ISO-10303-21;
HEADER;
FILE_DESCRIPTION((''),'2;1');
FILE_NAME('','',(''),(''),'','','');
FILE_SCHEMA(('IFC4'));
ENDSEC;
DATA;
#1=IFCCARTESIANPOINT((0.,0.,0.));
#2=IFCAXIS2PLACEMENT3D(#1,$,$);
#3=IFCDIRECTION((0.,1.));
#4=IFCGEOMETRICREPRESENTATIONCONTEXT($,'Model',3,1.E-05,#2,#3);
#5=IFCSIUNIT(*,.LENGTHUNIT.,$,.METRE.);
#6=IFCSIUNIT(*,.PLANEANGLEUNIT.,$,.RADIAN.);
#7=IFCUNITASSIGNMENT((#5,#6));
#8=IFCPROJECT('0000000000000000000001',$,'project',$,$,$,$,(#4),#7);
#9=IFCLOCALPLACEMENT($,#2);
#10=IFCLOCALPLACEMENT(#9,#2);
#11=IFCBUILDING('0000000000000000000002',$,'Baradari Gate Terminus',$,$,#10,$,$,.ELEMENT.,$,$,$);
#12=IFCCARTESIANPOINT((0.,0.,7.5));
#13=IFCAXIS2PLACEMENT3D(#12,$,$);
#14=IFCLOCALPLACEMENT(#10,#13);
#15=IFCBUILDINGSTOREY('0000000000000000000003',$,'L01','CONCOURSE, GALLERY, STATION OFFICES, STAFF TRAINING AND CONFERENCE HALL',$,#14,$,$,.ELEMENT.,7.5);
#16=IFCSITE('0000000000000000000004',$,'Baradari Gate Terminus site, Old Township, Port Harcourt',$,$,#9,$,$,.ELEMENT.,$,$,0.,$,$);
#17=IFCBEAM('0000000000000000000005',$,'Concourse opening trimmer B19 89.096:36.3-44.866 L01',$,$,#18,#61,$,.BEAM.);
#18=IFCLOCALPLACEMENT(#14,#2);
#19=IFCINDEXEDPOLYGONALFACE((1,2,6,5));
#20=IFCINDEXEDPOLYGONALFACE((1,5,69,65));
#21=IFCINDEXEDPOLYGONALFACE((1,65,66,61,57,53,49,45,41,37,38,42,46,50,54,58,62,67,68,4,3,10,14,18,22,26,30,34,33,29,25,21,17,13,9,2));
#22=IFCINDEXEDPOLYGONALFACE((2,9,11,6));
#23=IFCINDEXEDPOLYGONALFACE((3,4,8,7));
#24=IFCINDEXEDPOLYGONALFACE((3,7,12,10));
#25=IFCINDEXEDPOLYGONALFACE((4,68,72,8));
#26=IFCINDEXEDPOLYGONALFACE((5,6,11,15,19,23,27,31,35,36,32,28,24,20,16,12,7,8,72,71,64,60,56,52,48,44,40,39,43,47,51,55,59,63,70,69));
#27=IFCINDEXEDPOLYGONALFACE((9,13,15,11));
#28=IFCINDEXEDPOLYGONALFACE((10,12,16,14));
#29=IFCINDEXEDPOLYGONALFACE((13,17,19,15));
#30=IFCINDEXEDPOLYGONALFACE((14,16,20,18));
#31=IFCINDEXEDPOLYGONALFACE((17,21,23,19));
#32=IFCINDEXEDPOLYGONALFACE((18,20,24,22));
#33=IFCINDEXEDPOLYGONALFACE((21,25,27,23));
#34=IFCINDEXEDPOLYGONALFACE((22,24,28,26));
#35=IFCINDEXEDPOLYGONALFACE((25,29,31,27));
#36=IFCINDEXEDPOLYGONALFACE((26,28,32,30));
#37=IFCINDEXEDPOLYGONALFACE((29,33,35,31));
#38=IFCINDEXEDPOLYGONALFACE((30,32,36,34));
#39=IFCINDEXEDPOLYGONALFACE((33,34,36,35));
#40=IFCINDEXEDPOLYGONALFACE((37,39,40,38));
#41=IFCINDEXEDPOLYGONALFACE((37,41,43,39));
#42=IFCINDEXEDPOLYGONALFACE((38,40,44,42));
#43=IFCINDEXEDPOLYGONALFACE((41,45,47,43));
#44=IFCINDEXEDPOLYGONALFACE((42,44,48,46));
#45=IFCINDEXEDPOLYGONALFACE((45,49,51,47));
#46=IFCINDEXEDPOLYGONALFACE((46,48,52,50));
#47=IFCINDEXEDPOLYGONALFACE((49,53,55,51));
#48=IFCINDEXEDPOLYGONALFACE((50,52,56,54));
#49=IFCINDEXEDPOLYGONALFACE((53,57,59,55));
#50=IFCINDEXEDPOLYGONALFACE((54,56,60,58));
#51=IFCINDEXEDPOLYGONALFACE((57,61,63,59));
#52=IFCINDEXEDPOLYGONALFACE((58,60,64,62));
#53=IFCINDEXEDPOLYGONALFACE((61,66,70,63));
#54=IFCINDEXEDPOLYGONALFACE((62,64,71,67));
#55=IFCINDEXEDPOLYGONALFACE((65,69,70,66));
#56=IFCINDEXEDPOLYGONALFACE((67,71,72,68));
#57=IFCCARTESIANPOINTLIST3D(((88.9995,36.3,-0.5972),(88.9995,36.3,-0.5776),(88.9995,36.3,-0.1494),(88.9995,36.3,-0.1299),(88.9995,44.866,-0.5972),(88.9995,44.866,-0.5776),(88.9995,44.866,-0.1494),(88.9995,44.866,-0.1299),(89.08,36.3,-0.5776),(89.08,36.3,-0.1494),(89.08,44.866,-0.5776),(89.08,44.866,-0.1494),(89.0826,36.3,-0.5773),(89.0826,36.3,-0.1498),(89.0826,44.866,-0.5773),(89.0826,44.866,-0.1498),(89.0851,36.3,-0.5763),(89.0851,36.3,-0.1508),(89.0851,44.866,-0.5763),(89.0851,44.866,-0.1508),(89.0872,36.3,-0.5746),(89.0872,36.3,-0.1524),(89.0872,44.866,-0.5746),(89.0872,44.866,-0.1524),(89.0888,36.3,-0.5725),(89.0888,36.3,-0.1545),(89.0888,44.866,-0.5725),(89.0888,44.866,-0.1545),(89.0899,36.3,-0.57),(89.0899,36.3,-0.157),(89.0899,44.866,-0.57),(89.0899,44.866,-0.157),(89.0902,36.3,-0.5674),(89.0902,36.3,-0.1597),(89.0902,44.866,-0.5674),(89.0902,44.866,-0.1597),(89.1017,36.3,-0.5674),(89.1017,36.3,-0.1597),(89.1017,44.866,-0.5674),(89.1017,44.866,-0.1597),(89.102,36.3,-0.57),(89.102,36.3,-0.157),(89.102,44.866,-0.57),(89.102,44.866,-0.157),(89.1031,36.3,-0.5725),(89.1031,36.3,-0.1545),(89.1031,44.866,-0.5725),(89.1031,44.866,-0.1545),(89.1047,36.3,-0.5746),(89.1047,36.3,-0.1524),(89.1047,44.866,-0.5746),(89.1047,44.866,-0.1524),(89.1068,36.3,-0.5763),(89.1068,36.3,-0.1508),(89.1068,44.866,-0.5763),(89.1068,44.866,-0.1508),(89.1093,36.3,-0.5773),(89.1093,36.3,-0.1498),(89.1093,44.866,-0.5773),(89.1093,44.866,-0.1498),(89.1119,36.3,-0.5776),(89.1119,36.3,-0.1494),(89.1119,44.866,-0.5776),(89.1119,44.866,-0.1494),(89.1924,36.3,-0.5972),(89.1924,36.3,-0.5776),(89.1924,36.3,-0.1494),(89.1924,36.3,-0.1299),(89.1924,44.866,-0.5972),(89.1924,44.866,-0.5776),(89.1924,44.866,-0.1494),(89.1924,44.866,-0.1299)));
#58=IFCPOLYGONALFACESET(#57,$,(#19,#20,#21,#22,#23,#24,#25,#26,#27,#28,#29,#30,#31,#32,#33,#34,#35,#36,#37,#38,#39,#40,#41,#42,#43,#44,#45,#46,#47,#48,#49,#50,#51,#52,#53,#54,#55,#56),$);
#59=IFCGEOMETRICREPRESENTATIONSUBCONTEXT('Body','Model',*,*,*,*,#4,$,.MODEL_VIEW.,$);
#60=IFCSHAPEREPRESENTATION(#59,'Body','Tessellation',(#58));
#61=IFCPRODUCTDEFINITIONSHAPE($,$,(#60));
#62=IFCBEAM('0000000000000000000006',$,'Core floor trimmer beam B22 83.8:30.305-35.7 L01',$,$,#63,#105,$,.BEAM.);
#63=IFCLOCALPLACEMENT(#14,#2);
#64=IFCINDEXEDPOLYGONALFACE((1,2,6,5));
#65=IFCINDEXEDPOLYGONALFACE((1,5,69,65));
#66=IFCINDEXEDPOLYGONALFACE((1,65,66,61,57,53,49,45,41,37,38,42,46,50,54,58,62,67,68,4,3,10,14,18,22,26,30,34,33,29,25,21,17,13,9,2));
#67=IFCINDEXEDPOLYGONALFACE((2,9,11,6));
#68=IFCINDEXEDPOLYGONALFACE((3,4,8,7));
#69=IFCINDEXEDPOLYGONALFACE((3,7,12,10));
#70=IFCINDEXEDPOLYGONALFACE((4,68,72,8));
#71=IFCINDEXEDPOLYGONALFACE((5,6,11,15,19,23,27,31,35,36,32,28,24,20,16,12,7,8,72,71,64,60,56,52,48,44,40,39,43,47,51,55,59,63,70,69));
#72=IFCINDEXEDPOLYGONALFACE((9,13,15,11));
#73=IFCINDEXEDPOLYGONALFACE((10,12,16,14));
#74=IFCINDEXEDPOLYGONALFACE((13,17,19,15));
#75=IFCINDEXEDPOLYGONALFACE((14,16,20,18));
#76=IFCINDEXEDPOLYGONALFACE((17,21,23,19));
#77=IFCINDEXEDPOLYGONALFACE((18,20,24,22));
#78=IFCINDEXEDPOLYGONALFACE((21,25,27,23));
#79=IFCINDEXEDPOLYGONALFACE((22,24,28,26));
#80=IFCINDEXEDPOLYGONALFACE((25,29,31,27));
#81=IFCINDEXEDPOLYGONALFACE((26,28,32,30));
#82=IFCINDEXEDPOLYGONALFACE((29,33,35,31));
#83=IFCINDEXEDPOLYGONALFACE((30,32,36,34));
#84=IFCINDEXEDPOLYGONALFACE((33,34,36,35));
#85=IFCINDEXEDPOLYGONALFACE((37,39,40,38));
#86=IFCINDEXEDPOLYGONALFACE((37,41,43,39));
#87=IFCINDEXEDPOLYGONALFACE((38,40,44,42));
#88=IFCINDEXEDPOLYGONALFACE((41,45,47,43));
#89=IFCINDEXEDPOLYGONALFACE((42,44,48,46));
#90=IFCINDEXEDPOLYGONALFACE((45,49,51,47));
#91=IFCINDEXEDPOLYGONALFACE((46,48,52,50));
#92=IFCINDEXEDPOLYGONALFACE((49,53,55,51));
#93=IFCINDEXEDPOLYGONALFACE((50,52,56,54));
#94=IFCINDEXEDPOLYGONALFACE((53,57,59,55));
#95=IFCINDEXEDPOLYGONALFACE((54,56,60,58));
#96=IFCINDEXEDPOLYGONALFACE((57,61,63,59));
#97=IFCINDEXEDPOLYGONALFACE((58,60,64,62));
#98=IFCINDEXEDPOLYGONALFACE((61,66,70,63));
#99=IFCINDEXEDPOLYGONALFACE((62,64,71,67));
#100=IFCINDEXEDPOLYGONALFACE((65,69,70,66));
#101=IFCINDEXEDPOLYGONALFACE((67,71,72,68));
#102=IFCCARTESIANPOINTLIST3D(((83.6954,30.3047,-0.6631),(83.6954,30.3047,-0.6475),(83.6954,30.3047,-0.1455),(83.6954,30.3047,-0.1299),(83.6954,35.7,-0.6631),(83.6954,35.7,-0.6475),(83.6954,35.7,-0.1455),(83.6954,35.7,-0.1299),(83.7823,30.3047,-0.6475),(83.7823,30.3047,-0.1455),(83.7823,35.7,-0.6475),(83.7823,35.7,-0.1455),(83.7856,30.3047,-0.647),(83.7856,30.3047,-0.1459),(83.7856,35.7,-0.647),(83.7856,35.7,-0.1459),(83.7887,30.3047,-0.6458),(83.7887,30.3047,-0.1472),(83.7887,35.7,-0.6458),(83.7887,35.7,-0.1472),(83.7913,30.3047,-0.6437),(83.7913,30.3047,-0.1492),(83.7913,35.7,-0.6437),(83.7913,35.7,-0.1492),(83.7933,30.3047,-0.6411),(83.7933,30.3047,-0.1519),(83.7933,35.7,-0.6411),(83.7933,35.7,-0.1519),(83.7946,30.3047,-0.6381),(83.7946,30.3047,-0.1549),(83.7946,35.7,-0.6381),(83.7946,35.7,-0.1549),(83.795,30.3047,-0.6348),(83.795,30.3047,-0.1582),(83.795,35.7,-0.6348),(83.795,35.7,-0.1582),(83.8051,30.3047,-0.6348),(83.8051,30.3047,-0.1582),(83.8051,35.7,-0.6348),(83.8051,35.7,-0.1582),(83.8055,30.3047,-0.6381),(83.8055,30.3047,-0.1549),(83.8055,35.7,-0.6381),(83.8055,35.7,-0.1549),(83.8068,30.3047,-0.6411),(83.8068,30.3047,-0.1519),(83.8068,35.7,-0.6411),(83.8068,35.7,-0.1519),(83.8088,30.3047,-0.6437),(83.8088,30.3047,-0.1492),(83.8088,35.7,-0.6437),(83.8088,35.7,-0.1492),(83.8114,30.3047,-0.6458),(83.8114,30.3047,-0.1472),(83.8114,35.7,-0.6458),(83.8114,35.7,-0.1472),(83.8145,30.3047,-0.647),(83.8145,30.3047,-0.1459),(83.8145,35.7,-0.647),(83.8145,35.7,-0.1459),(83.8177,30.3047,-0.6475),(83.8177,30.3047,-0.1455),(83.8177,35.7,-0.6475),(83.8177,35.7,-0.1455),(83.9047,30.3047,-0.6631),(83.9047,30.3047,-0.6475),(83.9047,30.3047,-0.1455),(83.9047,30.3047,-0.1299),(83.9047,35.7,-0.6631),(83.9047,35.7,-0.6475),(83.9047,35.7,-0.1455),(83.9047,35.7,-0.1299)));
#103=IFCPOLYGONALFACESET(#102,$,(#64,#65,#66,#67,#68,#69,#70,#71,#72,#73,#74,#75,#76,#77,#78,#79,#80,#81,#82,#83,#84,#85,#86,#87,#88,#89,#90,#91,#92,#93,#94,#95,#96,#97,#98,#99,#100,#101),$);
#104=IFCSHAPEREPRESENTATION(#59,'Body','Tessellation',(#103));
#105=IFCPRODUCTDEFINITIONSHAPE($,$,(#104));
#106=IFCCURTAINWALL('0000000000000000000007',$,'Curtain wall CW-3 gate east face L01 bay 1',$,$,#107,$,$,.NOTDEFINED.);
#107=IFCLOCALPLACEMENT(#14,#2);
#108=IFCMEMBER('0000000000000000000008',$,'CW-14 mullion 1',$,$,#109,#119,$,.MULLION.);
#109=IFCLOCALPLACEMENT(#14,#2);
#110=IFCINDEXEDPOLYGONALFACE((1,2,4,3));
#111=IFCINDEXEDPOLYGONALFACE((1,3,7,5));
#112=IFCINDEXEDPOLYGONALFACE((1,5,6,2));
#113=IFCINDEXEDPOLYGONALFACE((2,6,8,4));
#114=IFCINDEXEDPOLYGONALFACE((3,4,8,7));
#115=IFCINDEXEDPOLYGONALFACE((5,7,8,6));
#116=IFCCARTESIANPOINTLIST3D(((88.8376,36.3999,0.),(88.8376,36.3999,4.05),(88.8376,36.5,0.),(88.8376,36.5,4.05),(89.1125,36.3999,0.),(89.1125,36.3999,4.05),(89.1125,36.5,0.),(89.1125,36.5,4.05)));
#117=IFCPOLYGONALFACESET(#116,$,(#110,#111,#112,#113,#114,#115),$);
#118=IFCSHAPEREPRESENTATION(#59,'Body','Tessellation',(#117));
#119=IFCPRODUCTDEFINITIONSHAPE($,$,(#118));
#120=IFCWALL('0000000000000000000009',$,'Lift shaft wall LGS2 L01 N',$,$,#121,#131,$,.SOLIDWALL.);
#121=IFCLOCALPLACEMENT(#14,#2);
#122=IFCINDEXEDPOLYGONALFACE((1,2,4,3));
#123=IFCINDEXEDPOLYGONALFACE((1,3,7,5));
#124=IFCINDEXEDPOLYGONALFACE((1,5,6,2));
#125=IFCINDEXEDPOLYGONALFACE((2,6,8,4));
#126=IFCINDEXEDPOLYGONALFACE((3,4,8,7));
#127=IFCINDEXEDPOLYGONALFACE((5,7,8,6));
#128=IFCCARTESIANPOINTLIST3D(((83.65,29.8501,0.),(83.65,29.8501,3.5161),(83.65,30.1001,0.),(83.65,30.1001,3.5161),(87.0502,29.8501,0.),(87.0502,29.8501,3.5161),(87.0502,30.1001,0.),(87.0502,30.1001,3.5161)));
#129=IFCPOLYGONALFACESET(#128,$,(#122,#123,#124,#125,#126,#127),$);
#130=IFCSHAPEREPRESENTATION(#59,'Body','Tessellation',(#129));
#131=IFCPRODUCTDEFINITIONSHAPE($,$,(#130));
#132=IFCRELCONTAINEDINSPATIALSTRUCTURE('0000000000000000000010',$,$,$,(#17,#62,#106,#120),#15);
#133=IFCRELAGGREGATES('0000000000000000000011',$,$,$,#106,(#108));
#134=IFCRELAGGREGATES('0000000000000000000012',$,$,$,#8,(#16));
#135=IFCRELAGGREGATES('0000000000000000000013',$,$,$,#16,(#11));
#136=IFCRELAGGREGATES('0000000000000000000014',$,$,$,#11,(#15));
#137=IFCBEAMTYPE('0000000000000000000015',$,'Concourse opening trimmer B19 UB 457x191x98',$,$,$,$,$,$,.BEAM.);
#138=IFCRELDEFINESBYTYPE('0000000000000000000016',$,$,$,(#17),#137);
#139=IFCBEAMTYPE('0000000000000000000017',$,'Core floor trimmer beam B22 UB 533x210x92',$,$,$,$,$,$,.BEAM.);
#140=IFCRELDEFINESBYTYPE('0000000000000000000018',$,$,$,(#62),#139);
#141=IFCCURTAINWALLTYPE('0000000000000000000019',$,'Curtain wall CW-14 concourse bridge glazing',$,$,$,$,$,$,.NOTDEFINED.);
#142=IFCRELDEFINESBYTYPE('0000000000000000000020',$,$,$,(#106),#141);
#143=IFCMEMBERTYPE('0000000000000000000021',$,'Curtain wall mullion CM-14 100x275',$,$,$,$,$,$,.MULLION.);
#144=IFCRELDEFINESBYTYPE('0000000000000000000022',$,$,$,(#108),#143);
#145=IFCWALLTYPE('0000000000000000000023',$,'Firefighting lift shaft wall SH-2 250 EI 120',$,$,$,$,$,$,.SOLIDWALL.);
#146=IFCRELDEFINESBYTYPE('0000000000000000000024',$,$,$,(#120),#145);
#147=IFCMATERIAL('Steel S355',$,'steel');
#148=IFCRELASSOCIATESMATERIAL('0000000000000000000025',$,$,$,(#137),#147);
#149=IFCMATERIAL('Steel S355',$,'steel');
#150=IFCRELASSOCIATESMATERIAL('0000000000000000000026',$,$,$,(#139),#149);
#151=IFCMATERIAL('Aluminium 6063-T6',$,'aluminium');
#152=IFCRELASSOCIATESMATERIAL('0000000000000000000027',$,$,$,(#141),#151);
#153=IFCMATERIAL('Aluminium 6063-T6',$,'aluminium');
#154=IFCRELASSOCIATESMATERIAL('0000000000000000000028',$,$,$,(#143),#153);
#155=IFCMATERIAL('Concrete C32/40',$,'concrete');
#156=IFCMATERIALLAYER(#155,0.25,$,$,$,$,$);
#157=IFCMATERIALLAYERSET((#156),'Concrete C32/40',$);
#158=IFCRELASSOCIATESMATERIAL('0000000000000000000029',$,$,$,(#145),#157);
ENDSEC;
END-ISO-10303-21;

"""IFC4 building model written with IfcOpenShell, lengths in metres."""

from ifc_helpers import new_model, si_unit, direction, frame, frame_2d, origin, origin_2d, place, context, subcontext, project, spatial, rectangle, i_section, extrude, material, layer, layer_set, material_profile, profile_set, type_object, element, aggregate, save


model = new_model("IFC4")

# Units and contexts
model_context = context("Model", 3, precision=1e-05, world=origin(), true_north=direction((0.0, 1.0)))
body_context = subcontext(model_context, "Body", "Model", "MODEL_VIEW")
ifc_project = project(units=[si_unit("LENGTHUNIT", "METRE"), si_unit("PLANEANGLEUNIT", "RADIAN")], contexts=[model_context])

# Site, building, storey
site_placement = place(None, origin())
site = spatial("IfcSite", under=ifc_project, at=site_placement, Name="Baradari Gate Terminus site, Old Township, Port Harcourt", CompositionType="ELEMENT", RefElevation=0.0)
building_placement = place(site_placement, origin())
building = spatial("IfcBuilding", under=site, at=building_placement, Name="Baradari Gate Terminus", CompositionType="ELEMENT")
storey_placement = place(building_placement, frame((0.0, 0.0, 7.5)))
storey = spatial("IfcBuildingStorey", under=building, at=storey_placement, Name="L01", Description="CONCOURSE, GALLERY, STATION OFFICES, STAFF TRAINING AND CONFERENCE HALL", CompositionType="ELEMENT", Elevation=7.5)

# Beams
ifc_material_1 = material(Name="Steel S355", Category="steel")
ifc_material_profile_1 = material_profile(ifc_material_1, i_section(OverallWidth=0.1929, OverallDepth=0.4673, WebThickness=0.0115, FlangeThickness=0.0195, FilletRadius=0.0103, at=origin_2d()), Name="UB 457x191x98")
ifc_profile_set_1 = profile_set([ifc_material_profile_1], Name="Steel S355")
beam_type_1 = type_object("IfcBeamType", Name="Concourse opening trimmer B19 UB 457x191x98", PredefinedType="BEAM", material=ifc_profile_set_1)
beam_1_placement = place(storey_placement, frame((89.0959, 36.3, -0.3635), z_axis=(0.0, 1.0, 0.0), x_axis=(-1.0, 0.0, 0.0)))
element("IfcBeam", 1, at=beam_1_placement, inside=storey, type_object=beam_type_1, Name="Concourse opening trimmer B19 89.096:36.3-44.866 L01", PredefinedType="BEAM", context=body_context, shape_type="SweptSolid", body=[
    extrude(i_section(OverallWidth=0.1929, OverallDepth=0.4673, WebThickness=0.0115, FlangeThickness=0.0195, FilletRadius=0.0103, at=origin_2d()), origin(), (0.0, 0.0, 1.0), 8.5659),
])
ifc_material_2 = material(Name="Steel S355", Category="steel")
ifc_material_profile_2 = material_profile(ifc_material_2, i_section(OverallWidth=0.2092, OverallDepth=0.5332, WebThickness=0.01, FlangeThickness=0.0156, FilletRadius=0.0127, at=origin_2d()), Name="UB 533x210x92")
ifc_profile_set_2 = profile_set([ifc_material_profile_2], Name="Steel S355")
beam_type_2 = type_object("IfcBeamType", Name="Core floor trimmer beam B22 UB 533x210x92", PredefinedType="BEAM", material=ifc_profile_set_2)
beam_2_placement = place(storey_placement, frame((83.8, 30.3047, -0.3965), z_axis=(0.0, 1.0, 0.0), x_axis=(-1.0, 0.0, 0.0)))
element("IfcBeam", 2, at=beam_2_placement, inside=storey, type_object=beam_type_2, Name="Core floor trimmer beam B22 83.8:30.305-35.7 L01", PredefinedType="BEAM", context=body_context, shape_type="SweptSolid", body=[
    extrude(i_section(OverallWidth=0.2092, OverallDepth=0.5332, WebThickness=0.01, FlangeThickness=0.0156, FilletRadius=0.0127, at=origin_2d()), origin(), (0.0, 0.0, 1.0), 5.3953),
])

# Curtain wall, member
ifc_material_3 = material(Name="Aluminium 6063-T6", Category="aluminium")
curtain_wall_type = type_object("IfcCurtainWallType", Name="Curtain wall CW-14 concourse bridge glazing", PredefinedType="NOTDEFINED", material=ifc_material_3)
curtain_wall_placement = place(storey_placement, origin())
curtain_wall = element("IfcCurtainWall", 3, at=curtain_wall_placement, inside=storey, type_object=curtain_wall_type, Name="Curtain wall CW-3 gate east face L01 bay 1", PredefinedType="NOTDEFINED")
ifc_material_4 = material(Name="Aluminium 6063-T6", Category="aluminium")
ifc_material_profile_3 = material_profile(ifc_material_4, rectangle(XDim=0.2749, YDim=0.1001, at=origin_2d()), Name="CM-14 100X275")
ifc_profile_set_3 = profile_set([ifc_material_profile_3], Name="Aluminium 6063-T6")
member_type = type_object("IfcMemberType", Name="Curtain wall mullion CM-14 100x275", PredefinedType="MULLION", material=ifc_profile_set_3)
member_placement = place(storey_placement, frame((88.9751, 36.45, 0.0), z_axis=(0.0, 0.0, 1.0), x_axis=(-1.0, 0.0, 0.0)))
member = element("IfcMember", 4, at=member_placement, type_object=member_type, Name="CW-14 mullion 1", PredefinedType="MULLION", context=body_context, shape_type="SweptSolid", body=[
    extrude(rectangle(XDim=0.2749, YDim=0.1001, at=origin_2d()), origin(), (0.0, 0.0, 1.0), 4.05),
])
aggregate(curtain_wall, [member])

# Wall
ifc_material_5 = material(Name="Concrete C32/40", Category="concrete")
ifc_layer_1 = layer(ifc_material_5, 0.25)
ifc_layer_set_1 = layer_set([ifc_layer_1], Name="Concrete C32/40")
wall_type_1 = type_object("IfcWallType", Name="Firefighting lift shaft wall SH-2 250 EI 120", PredefinedType="SOLIDWALL", material=ifc_layer_set_1)
wall_1_placement = place(storey_placement, frame((83.6499, 29.9751, 0.0), z_axis=(0.0, 0.0, 1.0), x_axis=(1.0, 0.0, 0.0)))
element("IfcWall", 5, at=wall_1_placement, inside=storey, type_object=wall_type_1, Name="Lift shaft wall LGS2 L01 N", PredefinedType="SOLIDWALL", context=body_context, shape_type="SweptSolid", body=[
    extrude(rectangle(XDim=3.4001, YDim=0.25, at=frame_2d((1.7002, 0.0))), origin(), (0.0, 0.0, 1.0), 3.5161),
])

save(model, "model.ifc")
